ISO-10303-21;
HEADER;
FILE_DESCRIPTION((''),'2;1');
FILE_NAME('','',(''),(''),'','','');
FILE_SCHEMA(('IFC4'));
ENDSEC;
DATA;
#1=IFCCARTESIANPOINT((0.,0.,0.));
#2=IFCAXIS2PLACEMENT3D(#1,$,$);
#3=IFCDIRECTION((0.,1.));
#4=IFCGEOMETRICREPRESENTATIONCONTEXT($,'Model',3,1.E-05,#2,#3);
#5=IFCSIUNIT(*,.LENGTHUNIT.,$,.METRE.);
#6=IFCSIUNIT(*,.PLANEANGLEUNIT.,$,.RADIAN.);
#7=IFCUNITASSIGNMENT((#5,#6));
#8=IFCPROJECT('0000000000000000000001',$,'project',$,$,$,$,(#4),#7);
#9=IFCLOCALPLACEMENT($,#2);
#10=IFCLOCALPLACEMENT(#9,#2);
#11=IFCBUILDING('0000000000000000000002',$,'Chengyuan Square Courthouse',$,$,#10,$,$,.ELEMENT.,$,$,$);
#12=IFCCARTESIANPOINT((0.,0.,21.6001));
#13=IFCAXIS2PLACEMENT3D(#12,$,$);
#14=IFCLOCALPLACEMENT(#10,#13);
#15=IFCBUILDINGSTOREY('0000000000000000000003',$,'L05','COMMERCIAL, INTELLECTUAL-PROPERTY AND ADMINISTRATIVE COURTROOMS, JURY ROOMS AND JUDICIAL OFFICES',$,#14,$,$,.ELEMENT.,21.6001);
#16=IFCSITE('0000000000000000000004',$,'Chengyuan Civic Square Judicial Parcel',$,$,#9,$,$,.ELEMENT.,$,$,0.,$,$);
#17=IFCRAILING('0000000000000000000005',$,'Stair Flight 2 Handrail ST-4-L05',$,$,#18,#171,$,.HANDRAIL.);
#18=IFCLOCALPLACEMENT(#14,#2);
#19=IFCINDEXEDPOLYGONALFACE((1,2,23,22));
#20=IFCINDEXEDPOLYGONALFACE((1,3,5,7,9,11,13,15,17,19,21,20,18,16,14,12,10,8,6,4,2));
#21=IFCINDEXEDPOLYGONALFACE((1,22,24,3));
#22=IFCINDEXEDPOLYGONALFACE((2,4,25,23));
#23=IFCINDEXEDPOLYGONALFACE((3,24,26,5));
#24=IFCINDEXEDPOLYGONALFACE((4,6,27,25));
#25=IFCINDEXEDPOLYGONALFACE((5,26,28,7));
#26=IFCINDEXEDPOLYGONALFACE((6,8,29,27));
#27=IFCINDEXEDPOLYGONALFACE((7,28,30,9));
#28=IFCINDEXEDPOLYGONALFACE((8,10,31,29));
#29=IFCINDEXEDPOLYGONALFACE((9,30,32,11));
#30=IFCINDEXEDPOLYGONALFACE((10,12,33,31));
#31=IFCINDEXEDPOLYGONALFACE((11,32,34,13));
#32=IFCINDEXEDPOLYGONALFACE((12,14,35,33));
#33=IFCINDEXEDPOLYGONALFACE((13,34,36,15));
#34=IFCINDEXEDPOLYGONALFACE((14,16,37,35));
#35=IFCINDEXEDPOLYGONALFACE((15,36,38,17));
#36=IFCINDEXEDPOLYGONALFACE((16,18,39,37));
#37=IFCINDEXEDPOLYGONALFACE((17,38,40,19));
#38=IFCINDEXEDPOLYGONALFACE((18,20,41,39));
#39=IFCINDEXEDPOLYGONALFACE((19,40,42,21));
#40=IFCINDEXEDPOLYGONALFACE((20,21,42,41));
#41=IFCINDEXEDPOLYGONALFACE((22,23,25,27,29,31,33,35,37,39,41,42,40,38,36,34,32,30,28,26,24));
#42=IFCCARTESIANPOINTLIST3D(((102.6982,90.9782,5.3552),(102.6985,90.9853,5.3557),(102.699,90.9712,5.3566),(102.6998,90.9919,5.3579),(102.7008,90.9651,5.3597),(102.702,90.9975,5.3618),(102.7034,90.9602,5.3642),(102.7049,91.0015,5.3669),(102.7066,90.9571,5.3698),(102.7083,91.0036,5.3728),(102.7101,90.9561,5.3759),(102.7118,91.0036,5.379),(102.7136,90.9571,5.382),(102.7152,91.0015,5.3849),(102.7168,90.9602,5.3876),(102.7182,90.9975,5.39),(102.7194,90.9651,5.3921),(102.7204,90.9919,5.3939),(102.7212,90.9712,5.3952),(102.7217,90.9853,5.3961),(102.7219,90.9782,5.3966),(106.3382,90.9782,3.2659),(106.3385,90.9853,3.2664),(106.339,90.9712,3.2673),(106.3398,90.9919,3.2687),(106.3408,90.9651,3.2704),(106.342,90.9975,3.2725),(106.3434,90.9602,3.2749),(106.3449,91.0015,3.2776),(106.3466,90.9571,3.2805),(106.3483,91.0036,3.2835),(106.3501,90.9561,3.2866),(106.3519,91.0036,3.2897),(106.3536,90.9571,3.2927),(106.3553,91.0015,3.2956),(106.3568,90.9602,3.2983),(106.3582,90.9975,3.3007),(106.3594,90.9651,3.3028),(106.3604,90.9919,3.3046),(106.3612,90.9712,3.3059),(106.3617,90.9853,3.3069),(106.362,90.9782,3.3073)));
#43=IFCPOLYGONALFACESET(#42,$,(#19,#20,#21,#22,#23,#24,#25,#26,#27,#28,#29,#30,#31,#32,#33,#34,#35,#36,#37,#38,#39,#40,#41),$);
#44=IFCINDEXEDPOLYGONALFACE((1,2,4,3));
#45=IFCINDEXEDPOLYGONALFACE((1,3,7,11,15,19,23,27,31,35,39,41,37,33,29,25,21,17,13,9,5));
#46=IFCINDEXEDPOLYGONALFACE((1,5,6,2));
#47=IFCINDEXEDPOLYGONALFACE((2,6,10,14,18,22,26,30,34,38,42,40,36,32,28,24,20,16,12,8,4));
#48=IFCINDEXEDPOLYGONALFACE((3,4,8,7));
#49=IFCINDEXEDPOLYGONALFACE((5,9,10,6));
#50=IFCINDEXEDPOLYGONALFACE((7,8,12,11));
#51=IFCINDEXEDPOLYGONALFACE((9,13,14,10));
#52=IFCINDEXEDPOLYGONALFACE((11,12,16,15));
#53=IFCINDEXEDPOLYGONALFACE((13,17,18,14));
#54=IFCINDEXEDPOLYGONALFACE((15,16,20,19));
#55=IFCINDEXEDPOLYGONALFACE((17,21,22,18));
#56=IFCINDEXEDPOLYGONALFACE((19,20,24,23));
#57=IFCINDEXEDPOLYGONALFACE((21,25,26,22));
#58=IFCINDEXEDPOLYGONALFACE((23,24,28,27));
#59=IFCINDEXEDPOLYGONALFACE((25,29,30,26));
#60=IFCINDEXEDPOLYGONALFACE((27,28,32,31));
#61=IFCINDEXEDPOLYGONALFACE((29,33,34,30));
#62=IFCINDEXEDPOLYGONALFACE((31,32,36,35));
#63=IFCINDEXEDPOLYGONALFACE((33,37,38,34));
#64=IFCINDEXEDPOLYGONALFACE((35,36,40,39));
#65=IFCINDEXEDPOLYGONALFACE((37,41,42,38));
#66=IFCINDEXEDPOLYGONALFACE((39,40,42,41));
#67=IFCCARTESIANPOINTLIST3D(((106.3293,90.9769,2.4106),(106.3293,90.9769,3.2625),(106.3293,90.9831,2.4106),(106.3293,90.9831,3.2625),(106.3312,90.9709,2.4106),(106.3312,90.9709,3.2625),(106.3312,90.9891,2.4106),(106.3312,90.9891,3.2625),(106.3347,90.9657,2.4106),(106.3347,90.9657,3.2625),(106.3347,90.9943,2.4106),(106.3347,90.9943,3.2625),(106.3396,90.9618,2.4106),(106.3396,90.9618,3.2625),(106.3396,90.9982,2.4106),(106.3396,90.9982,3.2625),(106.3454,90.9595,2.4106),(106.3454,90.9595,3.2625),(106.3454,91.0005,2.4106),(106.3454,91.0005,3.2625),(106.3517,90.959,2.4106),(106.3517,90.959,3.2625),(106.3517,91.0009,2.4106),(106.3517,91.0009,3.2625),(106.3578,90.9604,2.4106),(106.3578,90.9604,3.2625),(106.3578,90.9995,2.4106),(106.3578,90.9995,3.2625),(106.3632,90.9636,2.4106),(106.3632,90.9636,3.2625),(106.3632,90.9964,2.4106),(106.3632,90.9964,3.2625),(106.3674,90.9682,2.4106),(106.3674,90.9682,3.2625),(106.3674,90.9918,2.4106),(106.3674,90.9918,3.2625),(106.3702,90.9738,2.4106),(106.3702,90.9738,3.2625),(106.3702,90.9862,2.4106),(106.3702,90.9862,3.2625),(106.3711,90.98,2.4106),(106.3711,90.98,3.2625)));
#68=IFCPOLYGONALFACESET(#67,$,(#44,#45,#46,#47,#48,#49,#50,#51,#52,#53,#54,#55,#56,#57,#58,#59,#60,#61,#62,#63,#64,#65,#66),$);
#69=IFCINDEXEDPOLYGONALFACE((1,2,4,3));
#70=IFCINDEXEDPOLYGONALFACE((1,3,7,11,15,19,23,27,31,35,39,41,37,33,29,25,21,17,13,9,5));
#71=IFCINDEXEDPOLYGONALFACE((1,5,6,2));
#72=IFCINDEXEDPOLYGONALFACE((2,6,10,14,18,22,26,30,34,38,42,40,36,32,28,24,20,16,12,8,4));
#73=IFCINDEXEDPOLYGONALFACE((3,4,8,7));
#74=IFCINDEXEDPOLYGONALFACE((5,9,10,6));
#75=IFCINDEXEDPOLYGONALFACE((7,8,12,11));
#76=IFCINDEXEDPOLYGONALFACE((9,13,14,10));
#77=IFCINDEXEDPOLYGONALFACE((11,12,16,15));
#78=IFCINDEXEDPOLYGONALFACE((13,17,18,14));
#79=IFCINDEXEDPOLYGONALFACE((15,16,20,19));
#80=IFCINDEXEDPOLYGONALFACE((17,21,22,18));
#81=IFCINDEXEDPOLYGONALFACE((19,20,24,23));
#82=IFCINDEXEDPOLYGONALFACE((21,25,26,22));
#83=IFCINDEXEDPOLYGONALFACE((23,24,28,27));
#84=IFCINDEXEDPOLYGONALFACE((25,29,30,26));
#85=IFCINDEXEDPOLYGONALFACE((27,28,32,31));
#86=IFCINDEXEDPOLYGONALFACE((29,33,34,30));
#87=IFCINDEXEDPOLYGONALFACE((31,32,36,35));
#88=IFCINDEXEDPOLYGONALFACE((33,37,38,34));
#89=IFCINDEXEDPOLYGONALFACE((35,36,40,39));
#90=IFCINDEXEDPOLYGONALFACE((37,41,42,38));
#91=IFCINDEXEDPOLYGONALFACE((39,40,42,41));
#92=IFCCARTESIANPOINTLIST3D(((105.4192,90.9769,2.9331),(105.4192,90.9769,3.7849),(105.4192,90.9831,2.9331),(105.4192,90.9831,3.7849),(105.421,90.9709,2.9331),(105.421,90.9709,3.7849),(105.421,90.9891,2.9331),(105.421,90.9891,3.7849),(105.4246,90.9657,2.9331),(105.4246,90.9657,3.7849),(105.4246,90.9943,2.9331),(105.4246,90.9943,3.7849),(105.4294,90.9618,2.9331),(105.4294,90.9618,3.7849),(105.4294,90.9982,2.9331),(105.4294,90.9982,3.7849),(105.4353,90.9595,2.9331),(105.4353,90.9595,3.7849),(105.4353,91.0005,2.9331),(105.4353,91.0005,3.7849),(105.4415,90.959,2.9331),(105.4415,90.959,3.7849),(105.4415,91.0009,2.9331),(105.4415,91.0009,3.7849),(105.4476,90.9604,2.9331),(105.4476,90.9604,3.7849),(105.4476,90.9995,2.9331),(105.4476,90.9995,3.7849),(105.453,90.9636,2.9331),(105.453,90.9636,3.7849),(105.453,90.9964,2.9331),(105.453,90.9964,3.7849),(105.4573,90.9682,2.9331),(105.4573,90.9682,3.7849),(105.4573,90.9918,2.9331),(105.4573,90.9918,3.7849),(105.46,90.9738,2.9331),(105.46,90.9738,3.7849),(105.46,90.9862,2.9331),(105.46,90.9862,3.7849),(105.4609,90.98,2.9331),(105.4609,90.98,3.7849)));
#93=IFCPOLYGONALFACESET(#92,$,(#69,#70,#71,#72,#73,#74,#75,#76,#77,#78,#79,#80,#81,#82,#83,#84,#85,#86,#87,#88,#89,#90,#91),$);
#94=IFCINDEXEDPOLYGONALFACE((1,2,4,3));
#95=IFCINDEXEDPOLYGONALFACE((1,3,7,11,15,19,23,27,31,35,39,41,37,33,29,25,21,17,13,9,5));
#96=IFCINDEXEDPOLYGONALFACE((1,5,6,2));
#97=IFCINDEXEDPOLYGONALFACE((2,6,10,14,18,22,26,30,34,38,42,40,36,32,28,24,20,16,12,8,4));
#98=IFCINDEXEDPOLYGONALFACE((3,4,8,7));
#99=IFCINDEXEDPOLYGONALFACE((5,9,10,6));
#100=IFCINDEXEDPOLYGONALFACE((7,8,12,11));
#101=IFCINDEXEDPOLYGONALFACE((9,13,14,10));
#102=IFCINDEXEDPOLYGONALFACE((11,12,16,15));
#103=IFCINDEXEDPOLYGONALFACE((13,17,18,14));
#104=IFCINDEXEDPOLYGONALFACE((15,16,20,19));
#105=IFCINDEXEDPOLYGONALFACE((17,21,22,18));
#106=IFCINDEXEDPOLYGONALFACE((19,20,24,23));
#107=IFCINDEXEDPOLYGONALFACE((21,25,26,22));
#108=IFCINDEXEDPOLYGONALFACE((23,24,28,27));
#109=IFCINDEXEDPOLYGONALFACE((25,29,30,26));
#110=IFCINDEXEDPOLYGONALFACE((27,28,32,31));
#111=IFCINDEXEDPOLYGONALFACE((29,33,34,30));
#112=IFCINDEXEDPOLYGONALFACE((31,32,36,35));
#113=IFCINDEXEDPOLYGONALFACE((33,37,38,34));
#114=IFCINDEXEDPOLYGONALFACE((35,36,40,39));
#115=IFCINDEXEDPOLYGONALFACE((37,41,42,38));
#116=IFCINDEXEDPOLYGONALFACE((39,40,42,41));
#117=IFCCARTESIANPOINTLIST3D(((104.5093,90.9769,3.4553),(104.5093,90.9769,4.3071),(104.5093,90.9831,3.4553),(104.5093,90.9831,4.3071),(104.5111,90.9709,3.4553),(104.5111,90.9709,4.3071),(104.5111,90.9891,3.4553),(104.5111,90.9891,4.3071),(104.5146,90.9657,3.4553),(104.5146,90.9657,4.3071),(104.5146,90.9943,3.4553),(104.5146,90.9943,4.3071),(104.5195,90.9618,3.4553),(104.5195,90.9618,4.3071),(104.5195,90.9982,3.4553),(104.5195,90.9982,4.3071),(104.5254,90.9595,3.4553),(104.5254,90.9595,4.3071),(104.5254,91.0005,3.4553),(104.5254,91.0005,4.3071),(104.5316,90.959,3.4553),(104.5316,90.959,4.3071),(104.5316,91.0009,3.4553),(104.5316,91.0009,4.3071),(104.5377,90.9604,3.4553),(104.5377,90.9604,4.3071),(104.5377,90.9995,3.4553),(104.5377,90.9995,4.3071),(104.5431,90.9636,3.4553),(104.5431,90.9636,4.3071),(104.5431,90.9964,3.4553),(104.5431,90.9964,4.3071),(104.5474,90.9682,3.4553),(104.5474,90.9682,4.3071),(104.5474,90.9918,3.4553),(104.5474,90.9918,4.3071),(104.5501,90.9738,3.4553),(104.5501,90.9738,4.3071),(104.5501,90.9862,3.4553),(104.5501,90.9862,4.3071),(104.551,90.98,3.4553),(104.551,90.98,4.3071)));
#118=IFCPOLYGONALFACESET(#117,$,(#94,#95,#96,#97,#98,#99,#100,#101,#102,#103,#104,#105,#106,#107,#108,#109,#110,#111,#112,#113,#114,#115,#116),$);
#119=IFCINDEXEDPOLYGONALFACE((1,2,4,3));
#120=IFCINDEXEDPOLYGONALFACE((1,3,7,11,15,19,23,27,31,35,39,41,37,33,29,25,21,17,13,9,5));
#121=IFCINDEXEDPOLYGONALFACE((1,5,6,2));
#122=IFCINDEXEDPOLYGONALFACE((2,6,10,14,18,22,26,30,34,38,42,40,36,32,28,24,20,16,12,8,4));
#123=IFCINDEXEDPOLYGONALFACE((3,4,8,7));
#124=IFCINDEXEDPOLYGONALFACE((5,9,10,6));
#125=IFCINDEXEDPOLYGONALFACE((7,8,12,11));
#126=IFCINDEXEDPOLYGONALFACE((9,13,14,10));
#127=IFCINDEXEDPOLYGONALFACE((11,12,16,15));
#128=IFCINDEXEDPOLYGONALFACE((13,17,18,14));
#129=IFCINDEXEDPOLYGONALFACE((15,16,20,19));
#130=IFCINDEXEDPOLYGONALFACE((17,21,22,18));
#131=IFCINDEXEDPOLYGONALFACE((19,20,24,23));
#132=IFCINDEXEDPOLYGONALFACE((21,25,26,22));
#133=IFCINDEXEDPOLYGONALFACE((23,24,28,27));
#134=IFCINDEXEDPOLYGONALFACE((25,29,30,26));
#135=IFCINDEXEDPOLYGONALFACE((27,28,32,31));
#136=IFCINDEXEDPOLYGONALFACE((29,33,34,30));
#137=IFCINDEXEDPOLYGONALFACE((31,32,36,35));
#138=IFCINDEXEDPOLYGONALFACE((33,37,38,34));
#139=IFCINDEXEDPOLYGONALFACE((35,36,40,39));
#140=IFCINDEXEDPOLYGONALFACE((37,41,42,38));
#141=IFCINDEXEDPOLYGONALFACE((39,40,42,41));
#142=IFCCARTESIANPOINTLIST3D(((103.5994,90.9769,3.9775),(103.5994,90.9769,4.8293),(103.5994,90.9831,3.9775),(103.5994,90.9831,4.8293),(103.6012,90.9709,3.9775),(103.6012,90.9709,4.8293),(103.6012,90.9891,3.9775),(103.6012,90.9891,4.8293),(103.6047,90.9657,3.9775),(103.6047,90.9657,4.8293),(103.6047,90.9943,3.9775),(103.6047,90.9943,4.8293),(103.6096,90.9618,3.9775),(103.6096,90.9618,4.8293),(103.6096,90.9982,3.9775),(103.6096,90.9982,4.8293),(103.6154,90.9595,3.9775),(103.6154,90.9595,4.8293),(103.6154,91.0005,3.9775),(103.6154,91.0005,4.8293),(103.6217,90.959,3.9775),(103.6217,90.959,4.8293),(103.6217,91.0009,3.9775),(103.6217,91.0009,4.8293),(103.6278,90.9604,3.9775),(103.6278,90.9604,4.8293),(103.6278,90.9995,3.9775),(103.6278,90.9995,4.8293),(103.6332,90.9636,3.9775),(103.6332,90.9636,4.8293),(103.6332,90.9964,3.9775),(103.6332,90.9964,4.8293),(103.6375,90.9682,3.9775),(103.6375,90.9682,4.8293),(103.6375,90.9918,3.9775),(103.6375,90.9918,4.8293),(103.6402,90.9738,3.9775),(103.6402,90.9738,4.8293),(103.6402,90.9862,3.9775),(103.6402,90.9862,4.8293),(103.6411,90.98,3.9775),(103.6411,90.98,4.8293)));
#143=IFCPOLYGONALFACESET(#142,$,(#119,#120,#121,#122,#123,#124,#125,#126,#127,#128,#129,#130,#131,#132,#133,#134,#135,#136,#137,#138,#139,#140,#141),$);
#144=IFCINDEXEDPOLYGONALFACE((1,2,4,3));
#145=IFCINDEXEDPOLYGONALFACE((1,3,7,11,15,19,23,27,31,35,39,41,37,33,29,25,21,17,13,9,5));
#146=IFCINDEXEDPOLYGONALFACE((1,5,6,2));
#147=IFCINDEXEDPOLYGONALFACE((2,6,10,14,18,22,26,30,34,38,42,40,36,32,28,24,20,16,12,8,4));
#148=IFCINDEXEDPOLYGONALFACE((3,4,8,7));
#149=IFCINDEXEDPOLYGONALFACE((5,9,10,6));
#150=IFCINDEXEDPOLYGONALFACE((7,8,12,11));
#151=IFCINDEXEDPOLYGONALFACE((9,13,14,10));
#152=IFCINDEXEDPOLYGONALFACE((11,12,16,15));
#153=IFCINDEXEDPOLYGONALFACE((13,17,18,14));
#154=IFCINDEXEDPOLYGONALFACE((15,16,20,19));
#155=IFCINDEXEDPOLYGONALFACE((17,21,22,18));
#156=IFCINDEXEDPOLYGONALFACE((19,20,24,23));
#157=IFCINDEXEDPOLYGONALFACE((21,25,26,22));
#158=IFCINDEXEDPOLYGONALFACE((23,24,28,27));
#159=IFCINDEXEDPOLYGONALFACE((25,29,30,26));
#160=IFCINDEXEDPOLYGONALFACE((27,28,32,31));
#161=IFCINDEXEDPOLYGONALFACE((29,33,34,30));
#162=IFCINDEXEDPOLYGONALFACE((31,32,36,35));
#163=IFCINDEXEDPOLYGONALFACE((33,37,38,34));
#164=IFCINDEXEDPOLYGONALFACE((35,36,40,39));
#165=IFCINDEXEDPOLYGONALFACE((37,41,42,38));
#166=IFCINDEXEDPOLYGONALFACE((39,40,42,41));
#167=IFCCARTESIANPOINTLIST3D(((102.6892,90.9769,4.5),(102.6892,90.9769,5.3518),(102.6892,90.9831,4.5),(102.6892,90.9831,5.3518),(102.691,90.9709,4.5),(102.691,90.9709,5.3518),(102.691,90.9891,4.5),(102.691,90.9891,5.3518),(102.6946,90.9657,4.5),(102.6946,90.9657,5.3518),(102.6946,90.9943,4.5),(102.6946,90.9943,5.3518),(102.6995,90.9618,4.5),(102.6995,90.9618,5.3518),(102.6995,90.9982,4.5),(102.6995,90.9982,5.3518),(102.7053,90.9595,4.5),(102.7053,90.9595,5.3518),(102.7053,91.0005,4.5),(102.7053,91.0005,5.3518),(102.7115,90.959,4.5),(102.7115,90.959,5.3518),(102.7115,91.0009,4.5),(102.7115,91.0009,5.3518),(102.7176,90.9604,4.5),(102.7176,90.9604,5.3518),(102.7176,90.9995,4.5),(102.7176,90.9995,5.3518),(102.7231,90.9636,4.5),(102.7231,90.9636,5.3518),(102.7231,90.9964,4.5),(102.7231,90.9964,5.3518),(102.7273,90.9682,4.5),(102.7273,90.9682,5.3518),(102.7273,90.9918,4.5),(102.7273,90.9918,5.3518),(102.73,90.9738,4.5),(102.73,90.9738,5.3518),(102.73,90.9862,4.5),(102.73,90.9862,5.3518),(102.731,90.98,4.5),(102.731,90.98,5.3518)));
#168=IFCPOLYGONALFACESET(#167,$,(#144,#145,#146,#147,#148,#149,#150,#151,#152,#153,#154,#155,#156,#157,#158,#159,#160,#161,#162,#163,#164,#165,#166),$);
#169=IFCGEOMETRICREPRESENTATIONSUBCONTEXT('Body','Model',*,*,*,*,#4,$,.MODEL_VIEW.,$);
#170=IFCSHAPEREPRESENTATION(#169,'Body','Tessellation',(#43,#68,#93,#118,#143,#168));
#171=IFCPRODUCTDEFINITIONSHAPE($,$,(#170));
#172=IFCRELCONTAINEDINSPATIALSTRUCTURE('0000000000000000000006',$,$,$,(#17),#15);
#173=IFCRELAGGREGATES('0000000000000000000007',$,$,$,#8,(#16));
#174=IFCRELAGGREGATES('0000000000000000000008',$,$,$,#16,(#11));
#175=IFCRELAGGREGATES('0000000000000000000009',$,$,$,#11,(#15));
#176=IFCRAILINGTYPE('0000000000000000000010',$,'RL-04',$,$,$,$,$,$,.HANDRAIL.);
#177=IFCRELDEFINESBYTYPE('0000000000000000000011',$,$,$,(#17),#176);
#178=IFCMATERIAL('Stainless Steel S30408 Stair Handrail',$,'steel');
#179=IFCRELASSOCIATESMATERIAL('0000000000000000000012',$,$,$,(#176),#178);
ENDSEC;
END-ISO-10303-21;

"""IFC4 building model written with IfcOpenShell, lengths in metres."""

from ifc_helpers import new_model, si_unit, direction, frame, origin, origin_2d, place, context, subcontext, project, spatial, circle, extrude, material, type_object, element, save


model = new_model("IFC4")

# Units and contexts
model_context = context("Model", 3, precision=1e-05, world=origin(), true_north=direction((0.0, 1.0)))
body_context = subcontext(model_context, "Body", "Model", "MODEL_VIEW")
ifc_project = project(units=[si_unit("LENGTHUNIT", "METRE"), si_unit("PLANEANGLEUNIT", "RADIAN")], contexts=[model_context])

# Site, building, storey
site_placement = place(None, origin())
site = spatial("IfcSite", under=ifc_project, at=site_placement, Name="Chengyuan Civic Square Judicial Parcel", CompositionType="ELEMENT", RefElevation=0.0)
building_placement = place(site_placement, origin())
building = spatial("IfcBuilding", under=site, at=building_placement, Name="Chengyuan Square Courthouse", CompositionType="ELEMENT")
storey_placement = place(building_placement, frame((0.0, 0.0, 21.6001)))
storey = spatial("IfcBuildingStorey", under=building, at=storey_placement, Name="L05", Description="COMMERCIAL, INTELLECTUAL-PROPERTY AND ADMINISTRATIVE COURTROOMS, JURY ROOMS AND JUDICIAL OFFICES", CompositionType="ELEMENT", Elevation=21.6001)

# Railing
ifc_material_1 = material(Name="Stainless Steel S30408 Stair Handrail", Category="steel")
railing_type_1 = type_object("IfcRailingType", Name="RL-04", PredefinedType="HANDRAIL", material=ifc_material_1)
railing_1_placement = place(storey_placement, frame((106.3501, 90.98, 2.4106)))
element("IfcRailing", 1, at=railing_1_placement, inside=storey, type_object=railing_type_1, Name="Stair Flight 2 Handrail ST-4-L05", PredefinedType="HANDRAIL", context=body_context, shape_type="SweptSolid", body=[
    extrude(circle(Radius=0.0239, at=origin_2d()), frame((0.0, 0.0, 0.876), z_axis=(-0.867289, 0.0, 0.497804), x_axis=(0.0, -1.0, 0.0)), (0.0, 0.0, 1.0), 4.197),
    extrude(circle(Radius=0.021, at=origin_2d()), origin(), (0.0, 0.0, 1.0), 0.8518),
    extrude(circle(Radius=0.021, at=origin_2d()), frame((-0.9102, 0.0, 0.5225)), (0.0, 0.0, 1.0), 0.8518),
    extrude(circle(Radius=0.021, at=origin_2d()), frame((-1.8201, 0.0, 1.0447)), (0.0, 0.0, 1.0), 0.8518),
    extrude(circle(Radius=0.021, at=origin_2d()), frame((-2.73, 0.0, 1.5669)), (0.0, 0.0, 1.0), 0.8518),
    extrude(circle(Radius=0.021, at=origin_2d()), frame((-3.6401, 0.0, 2.0894)), (0.0, 0.0, 1.0), 0.8518),
])

save(model, "model.ifc")
